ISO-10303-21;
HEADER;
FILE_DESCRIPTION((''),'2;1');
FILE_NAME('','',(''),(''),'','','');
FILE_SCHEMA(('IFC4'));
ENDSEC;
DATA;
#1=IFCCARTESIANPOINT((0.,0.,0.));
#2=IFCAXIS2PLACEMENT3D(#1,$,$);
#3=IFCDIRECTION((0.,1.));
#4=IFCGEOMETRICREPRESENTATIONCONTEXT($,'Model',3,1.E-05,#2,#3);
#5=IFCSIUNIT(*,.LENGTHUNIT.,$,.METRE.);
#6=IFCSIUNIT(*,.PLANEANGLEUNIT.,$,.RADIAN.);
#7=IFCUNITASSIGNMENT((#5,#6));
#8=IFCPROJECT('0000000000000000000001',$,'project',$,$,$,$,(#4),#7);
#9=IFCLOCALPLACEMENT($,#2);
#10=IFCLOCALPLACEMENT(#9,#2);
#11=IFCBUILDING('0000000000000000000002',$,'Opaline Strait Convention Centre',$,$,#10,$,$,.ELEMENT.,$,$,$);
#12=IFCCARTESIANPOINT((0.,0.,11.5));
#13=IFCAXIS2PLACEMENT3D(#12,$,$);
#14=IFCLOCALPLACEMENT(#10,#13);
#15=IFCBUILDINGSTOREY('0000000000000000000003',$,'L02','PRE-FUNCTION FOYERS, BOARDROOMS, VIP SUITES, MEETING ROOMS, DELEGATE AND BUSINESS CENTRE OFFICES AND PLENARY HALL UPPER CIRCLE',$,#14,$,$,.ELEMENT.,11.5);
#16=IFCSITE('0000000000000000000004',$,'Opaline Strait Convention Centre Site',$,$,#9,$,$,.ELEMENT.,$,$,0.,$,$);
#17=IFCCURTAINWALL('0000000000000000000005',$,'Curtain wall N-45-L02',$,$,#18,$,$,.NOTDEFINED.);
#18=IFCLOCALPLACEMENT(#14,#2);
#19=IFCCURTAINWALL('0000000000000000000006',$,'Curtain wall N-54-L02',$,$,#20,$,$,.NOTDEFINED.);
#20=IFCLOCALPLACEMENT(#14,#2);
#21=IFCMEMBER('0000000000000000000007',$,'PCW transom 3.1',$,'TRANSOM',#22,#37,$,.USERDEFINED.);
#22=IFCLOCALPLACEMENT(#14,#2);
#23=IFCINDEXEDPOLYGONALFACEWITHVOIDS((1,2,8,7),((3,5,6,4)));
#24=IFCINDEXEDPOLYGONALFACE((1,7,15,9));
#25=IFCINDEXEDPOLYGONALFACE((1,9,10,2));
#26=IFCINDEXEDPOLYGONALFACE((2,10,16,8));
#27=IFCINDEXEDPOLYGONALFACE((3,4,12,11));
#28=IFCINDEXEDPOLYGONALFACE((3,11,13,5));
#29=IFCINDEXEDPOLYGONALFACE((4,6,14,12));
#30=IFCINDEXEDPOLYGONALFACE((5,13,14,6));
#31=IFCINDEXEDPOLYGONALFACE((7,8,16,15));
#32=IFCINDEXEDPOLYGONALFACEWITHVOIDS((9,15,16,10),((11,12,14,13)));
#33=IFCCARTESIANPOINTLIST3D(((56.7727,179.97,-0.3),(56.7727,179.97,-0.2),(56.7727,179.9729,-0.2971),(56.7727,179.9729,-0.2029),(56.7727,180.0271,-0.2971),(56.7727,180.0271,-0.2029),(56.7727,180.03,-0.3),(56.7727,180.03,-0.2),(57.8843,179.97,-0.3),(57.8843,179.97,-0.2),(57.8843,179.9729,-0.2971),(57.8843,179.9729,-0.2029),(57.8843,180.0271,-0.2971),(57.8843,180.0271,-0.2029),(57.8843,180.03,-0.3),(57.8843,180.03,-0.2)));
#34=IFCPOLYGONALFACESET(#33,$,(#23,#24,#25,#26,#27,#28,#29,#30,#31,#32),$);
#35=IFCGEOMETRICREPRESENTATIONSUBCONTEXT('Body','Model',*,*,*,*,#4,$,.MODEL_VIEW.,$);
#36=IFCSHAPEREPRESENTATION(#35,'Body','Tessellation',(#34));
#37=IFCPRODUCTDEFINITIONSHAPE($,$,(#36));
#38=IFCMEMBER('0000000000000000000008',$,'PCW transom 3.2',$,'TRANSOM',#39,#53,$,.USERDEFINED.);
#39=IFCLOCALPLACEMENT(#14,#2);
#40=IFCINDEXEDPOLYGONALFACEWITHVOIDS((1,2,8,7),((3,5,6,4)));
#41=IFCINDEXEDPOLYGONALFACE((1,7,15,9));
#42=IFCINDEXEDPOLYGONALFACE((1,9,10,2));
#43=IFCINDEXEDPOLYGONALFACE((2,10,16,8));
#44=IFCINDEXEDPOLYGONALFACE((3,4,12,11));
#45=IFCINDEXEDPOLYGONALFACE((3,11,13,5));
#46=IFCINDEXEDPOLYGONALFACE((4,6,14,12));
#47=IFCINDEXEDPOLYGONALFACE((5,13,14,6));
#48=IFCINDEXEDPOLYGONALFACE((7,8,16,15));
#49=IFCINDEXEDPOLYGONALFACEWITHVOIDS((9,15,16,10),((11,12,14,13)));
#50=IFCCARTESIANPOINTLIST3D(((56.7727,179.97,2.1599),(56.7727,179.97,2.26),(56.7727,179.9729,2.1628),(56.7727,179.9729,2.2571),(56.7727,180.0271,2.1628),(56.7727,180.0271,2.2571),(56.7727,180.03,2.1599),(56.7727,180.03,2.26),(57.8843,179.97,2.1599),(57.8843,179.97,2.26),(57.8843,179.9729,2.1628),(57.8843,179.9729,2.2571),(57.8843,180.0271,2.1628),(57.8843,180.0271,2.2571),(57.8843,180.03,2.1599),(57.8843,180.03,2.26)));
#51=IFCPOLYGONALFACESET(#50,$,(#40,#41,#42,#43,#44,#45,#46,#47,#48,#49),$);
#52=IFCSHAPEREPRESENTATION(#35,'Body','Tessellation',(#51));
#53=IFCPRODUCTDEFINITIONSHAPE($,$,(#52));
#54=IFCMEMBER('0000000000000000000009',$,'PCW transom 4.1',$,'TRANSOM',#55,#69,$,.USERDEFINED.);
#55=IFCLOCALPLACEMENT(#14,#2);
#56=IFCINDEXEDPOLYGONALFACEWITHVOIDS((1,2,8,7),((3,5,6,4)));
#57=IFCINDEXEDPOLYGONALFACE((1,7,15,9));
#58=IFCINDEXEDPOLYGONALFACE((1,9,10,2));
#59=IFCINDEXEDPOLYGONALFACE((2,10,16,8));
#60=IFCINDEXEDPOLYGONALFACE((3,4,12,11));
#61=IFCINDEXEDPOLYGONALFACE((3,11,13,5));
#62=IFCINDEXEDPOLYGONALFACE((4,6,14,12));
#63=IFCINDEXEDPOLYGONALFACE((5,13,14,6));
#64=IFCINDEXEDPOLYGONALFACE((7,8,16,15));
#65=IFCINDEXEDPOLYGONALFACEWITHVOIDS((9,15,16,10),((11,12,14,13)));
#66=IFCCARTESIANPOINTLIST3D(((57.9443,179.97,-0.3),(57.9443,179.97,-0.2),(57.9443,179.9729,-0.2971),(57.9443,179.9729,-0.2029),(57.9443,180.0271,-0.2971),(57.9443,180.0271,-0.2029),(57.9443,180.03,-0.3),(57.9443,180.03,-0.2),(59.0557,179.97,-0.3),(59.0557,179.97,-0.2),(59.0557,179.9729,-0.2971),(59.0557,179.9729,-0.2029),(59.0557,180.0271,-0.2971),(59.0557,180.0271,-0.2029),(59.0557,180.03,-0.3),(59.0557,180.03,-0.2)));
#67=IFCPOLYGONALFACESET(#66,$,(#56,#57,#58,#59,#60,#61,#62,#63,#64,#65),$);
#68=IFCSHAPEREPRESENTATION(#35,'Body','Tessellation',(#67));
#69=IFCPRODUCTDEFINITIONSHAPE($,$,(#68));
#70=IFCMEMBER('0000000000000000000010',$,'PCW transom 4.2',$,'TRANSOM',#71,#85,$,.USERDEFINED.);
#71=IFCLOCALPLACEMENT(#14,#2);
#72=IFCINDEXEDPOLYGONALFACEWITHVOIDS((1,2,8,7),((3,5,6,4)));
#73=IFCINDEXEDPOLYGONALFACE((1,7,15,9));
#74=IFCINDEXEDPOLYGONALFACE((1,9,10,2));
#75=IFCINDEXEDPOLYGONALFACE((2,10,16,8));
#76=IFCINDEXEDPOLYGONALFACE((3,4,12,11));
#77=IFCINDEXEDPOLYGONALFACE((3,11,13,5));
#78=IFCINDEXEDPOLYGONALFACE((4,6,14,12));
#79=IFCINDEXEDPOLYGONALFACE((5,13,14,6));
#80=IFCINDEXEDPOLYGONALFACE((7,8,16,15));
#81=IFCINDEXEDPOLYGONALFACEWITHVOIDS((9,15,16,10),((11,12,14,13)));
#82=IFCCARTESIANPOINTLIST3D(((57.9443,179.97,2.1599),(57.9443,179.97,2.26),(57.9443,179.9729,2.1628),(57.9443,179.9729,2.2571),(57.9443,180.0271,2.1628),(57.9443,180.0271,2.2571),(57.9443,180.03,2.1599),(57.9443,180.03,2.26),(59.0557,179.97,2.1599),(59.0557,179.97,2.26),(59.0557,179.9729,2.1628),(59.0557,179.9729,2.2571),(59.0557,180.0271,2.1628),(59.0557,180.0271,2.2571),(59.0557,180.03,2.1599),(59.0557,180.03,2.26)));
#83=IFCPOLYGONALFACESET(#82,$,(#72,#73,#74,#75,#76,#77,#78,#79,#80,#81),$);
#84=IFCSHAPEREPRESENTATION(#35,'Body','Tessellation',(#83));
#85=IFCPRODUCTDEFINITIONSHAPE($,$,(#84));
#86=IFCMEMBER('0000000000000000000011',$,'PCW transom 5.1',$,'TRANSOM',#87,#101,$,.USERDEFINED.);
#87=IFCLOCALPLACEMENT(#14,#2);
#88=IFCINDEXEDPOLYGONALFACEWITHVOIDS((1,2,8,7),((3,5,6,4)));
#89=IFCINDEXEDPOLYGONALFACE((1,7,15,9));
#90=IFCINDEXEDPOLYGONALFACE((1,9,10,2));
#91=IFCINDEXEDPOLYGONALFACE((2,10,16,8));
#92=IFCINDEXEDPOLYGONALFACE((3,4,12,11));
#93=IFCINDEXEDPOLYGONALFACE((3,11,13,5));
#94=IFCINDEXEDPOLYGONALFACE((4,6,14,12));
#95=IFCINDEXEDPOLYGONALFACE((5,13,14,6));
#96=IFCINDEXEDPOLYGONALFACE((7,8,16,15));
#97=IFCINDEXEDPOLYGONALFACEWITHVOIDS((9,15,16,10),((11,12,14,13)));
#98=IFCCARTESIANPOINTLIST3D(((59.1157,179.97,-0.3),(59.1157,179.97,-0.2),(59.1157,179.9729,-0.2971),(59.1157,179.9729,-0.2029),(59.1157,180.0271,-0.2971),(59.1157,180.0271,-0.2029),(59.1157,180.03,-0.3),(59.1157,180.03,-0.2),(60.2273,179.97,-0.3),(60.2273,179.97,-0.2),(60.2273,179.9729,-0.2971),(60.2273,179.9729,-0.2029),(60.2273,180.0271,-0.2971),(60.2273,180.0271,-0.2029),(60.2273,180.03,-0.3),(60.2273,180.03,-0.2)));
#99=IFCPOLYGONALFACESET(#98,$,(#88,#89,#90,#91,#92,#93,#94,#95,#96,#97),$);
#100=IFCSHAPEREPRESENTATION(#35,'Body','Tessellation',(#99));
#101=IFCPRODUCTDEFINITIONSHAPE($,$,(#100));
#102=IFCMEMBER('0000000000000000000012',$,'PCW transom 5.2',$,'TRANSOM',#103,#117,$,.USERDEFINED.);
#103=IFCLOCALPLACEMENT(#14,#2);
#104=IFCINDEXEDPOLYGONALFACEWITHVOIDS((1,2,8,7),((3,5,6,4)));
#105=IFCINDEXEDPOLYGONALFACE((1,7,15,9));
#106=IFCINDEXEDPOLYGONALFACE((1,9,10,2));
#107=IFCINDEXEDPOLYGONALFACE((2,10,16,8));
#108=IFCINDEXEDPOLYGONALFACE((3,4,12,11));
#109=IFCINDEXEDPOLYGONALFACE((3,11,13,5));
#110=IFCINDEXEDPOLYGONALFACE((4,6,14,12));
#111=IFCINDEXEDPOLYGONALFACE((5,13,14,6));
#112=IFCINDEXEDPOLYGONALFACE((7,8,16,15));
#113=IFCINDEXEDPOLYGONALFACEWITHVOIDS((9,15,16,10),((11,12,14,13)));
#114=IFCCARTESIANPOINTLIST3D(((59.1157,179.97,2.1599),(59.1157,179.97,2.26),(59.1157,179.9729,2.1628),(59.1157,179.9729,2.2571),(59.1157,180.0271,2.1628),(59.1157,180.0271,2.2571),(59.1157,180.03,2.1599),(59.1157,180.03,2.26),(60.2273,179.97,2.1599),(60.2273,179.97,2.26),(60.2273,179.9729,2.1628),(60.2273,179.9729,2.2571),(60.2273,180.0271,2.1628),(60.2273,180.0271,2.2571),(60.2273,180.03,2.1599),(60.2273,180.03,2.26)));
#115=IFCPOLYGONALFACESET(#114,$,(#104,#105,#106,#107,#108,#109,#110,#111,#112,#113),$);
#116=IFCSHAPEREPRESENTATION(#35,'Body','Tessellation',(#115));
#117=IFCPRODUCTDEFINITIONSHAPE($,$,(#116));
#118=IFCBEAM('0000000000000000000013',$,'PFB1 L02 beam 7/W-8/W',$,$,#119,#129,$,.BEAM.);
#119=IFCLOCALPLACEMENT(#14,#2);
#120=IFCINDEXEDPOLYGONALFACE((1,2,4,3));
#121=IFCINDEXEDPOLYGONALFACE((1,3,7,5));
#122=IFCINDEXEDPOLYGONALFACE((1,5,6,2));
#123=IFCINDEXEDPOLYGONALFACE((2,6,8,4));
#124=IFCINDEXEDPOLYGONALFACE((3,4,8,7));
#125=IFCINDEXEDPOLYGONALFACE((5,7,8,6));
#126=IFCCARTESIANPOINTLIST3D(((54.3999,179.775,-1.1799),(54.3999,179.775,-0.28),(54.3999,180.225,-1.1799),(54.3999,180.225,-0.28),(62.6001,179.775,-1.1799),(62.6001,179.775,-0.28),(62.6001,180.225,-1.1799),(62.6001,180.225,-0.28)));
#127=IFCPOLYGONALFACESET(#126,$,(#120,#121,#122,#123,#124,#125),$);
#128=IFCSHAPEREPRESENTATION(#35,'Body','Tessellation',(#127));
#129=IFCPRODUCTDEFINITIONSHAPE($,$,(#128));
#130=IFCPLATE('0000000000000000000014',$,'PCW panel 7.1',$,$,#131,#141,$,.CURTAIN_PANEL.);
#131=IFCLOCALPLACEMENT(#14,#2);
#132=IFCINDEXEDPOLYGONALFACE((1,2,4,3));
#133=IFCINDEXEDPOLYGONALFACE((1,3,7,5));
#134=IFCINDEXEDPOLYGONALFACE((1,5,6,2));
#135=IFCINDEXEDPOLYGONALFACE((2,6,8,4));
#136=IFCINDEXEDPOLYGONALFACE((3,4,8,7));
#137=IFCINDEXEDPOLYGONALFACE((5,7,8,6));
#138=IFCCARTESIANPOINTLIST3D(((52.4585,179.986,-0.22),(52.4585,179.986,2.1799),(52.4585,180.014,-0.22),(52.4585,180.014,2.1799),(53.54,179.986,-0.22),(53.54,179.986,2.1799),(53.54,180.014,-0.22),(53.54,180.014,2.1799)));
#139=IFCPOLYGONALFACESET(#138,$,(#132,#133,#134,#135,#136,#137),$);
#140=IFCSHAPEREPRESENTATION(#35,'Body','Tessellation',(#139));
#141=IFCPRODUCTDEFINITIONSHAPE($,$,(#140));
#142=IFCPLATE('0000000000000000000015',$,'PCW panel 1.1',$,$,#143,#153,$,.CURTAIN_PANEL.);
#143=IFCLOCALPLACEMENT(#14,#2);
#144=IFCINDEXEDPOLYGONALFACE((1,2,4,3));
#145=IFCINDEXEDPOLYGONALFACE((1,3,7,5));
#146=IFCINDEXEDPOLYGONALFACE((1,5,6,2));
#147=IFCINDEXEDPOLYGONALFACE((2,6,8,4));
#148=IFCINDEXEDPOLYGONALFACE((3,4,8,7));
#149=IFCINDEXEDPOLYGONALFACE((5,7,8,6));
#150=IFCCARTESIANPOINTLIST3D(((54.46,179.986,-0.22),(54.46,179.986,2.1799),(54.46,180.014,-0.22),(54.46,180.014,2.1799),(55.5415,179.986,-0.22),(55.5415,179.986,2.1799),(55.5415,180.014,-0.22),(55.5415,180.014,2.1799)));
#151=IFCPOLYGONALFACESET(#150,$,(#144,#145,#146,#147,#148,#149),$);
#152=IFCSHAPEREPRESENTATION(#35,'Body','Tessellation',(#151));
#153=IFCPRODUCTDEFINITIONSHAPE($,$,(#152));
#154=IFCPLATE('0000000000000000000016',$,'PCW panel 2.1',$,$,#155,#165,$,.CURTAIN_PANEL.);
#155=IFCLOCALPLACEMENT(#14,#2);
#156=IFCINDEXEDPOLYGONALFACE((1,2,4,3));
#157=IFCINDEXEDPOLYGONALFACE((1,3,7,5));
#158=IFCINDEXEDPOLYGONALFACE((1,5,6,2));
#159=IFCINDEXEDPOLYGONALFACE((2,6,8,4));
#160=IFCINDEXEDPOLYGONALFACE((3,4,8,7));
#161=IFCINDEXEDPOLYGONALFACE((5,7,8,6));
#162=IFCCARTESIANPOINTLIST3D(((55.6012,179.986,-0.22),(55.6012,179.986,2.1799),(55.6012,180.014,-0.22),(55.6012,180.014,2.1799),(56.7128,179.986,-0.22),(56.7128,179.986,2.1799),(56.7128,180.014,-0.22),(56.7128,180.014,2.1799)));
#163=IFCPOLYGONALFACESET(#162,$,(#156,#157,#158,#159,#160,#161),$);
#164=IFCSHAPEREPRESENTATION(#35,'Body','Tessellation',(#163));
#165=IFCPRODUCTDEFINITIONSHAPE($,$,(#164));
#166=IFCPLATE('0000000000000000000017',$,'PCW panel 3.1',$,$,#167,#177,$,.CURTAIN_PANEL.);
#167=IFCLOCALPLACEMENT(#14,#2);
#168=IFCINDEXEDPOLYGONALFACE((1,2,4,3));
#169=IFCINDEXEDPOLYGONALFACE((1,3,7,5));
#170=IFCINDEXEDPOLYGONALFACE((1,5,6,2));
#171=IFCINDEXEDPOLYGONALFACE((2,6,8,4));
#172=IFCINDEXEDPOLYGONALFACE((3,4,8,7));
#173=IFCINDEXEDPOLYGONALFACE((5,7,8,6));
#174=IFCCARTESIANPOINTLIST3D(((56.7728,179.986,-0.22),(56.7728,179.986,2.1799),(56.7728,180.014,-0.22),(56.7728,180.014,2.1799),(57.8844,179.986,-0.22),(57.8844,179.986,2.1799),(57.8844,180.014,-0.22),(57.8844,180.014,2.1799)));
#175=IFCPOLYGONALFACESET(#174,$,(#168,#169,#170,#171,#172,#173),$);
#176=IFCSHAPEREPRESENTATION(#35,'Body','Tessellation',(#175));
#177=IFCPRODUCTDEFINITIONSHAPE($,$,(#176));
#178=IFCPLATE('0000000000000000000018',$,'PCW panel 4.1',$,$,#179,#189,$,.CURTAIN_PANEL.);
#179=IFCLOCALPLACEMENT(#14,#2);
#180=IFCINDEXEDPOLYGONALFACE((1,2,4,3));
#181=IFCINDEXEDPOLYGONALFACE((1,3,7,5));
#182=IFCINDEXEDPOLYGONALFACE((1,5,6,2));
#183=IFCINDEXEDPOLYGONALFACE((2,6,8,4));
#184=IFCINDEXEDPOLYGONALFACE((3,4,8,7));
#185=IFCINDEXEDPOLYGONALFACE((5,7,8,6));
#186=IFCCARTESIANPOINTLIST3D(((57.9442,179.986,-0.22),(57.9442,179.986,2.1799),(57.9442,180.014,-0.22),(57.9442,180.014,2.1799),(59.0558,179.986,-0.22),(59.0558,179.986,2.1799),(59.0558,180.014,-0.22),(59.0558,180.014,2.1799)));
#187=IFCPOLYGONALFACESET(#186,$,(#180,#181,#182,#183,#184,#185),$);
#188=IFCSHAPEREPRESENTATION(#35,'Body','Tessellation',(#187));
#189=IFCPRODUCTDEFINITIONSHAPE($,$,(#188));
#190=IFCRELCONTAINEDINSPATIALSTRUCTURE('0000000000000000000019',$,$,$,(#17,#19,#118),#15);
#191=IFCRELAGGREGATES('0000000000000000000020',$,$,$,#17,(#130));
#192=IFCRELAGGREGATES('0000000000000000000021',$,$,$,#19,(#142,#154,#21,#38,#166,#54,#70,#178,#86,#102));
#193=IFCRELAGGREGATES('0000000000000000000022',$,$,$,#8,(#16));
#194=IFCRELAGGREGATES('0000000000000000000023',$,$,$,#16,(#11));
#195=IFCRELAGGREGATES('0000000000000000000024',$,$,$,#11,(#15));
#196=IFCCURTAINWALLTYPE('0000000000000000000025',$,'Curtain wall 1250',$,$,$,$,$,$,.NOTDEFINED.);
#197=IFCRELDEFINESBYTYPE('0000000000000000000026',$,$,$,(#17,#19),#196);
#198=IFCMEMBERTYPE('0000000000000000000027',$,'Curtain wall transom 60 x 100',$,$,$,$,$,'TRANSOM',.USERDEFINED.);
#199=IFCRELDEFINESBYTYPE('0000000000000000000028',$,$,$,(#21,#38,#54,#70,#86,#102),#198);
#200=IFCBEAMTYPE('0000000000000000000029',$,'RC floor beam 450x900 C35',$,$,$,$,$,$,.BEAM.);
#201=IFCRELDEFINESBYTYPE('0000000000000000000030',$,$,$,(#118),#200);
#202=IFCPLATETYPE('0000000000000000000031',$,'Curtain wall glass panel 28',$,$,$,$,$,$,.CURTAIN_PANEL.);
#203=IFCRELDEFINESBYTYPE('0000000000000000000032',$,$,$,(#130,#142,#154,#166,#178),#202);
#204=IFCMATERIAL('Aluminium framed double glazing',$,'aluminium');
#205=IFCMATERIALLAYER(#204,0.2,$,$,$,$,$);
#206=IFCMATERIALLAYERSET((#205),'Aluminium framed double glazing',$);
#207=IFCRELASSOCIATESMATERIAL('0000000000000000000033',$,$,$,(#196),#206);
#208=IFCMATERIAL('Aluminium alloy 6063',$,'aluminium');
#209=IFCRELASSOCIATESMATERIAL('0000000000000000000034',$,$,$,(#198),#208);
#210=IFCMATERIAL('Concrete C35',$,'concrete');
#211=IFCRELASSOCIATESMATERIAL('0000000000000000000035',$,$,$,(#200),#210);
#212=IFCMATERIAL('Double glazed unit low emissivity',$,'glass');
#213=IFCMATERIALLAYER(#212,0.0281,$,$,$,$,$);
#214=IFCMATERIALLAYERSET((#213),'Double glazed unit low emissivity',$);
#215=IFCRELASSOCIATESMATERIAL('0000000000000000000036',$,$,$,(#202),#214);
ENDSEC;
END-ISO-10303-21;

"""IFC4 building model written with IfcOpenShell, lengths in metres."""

from ifc_helpers import new_model, si_unit, direction, frame, origin, origin_2d, place, context, subcontext, project, spatial, rectangle, hollow_rectangle, extrude, material, layer, layer_set, material_profile, profile_set, type_object, element, aggregate, save


model = new_model("IFC4")

# Units and contexts
model_context = context("Model", 3, precision=1e-05, world=origin(), true_north=direction((0.0, 1.0)))
body_context = subcontext(model_context, "Body", "Model", "MODEL_VIEW")
ifc_project = project(units=[si_unit("LENGTHUNIT", "METRE"), si_unit("PLANEANGLEUNIT", "RADIAN")], contexts=[model_context])

# Site, building, storey
site_placement = place(None, origin())
site = spatial("IfcSite", under=ifc_project, at=site_placement, Name="Opaline Strait Convention Centre Site", CompositionType="ELEMENT", RefElevation=0.0)
building_placement = place(site_placement, origin())
building = spatial("IfcBuilding", under=site, at=building_placement, Name="Opaline Strait Convention Centre", CompositionType="ELEMENT")
storey_placement = place(building_placement, frame((0.0, 0.0, 11.5)))
storey = spatial("IfcBuildingStorey", under=building, at=storey_placement, Name="L02", Description="PRE-FUNCTION FOYERS, BOARDROOMS, VIP SUITES, MEETING ROOMS, DELEGATE AND BUSINESS CENTRE OFFICES AND PLENARY HALL UPPER CIRCLE", CompositionType="ELEMENT", Elevation=11.5)

# Curtain wall
ifc_material_1 = material(Name="Aluminium framed double glazing", Category="aluminium")
ifc_layer_1 = layer(ifc_material_1, 0.2)
ifc_layer_set_1 = layer_set([ifc_layer_1], Name="Aluminium framed double glazing")
curtain_wall_type = type_object("IfcCurtainWallType", Name="Curtain wall 1250", PredefinedType="NOTDEFINED", material=ifc_layer_set_1)
curtain_wall_1_placement = place(storey_placement, origin())
curtain_wall_1 = element("IfcCurtainWall", 1, at=curtain_wall_1_placement, inside=storey, type_object=curtain_wall_type, Name="Curtain wall N-45-L02", PredefinedType="NOTDEFINED")
ifc_material_2 = material(Name="Aluminium alloy 6063", Category="aluminium")

# Curtain wall, members
curtain_wall_2_placement = place(storey_placement, origin())
curtain_wall_2 = element("IfcCurtainWall", 2, at=curtain_wall_2_placement, inside=storey, type_object=curtain_wall_type, Name="Curtain wall N-54-L02", PredefinedType="NOTDEFINED")
ifc_material_profile_1 = material_profile(ifc_material_2, hollow_rectangle(XDim=0.0601, YDim=0.1001, WallThickness=0.0029, at=origin_2d()), Name="TRANSOM 60x100x3")
ifc_profile_set_1 = profile_set([ifc_material_profile_1], Name="Aluminium alloy 6063")
member_type_1 = type_object("IfcMemberType", Name="Curtain wall transom 60 x 100", ElementType="TRANSOM", PredefinedType="USERDEFINED", material=ifc_profile_set_1)
member_1_placement = place(storey_placement, frame((56.7727, 180.0, -0.25), z_axis=(1.0, 0.0, 0.0), x_axis=(0.0, 1.0, 0.0)))
member_1 = element("IfcMember", 3, at=member_1_placement, type_object=member_type_1, Name="PCW transom 3.1", ObjectType="TRANSOM", PredefinedType="USERDEFINED", context=body_context, shape_type="SweptSolid", body=[
    extrude(hollow_rectangle(XDim=0.0601, YDim=0.1001, WallThickness=0.0029, at=origin_2d()), origin(), (0.0, 0.0, 1.0), 1.1116),
])
member_2_placement = place(storey_placement, frame((56.7727, 180.0, 2.21), z_axis=(1.0, 0.0, 0.0), x_axis=(0.0, 1.0, 0.0)))
member_2 = element("IfcMember", 4, at=member_2_placement, type_object=member_type_1, Name="PCW transom 3.2", ObjectType="TRANSOM", PredefinedType="USERDEFINED", context=body_context, shape_type="SweptSolid", body=[
    extrude(hollow_rectangle(XDim=0.0601, YDim=0.1001, WallThickness=0.0029, at=origin_2d()), origin(), (0.0, 0.0, 1.0), 1.1116),
])
member_3_placement = place(storey_placement, frame((57.9443, 180.0, -0.25), z_axis=(1.0, 0.0, 0.0), x_axis=(0.0, 1.0, 0.0)))
member_3 = element("IfcMember", 5, at=member_3_placement, type_object=member_type_1, Name="PCW transom 4.1", ObjectType="TRANSOM", PredefinedType="USERDEFINED", context=body_context, shape_type="SweptSolid", body=[
    extrude(hollow_rectangle(XDim=0.0601, YDim=0.1001, WallThickness=0.0029, at=origin_2d()), origin(), (0.0, 0.0, 1.0), 1.1113),
])
member_4_placement = place(storey_placement, frame((57.9443, 180.0, 2.21), z_axis=(1.0, 0.0, 0.0), x_axis=(0.0, 1.0, 0.0)))
member_4 = element("IfcMember", 6, at=member_4_placement, type_object=member_type_1, Name="PCW transom 4.2", ObjectType="TRANSOM", PredefinedType="USERDEFINED", context=body_context, shape_type="SweptSolid", body=[
    extrude(hollow_rectangle(XDim=0.0601, YDim=0.1001, WallThickness=0.0029, at=origin_2d()), origin(), (0.0, 0.0, 1.0), 1.1113),
])
member_5_placement = place(storey_placement, frame((59.1157, 180.0, -0.25), z_axis=(1.0, 0.0, 0.0), x_axis=(0.0, 1.0, 0.0)))
member_5 = element("IfcMember", 7, at=member_5_placement, type_object=member_type_1, Name="PCW transom 5.1", ObjectType="TRANSOM", PredefinedType="USERDEFINED", context=body_context, shape_type="SweptSolid", body=[
    extrude(hollow_rectangle(XDim=0.0601, YDim=0.1001, WallThickness=0.0029, at=origin_2d()), origin(), (0.0, 0.0, 1.0), 1.1116),
])
member_6_placement = place(storey_placement, frame((59.1157, 180.0, 2.21), z_axis=(1.0, 0.0, 0.0), x_axis=(0.0, 1.0, 0.0)))
member_6 = element("IfcMember", 8, at=member_6_placement, type_object=member_type_1, Name="PCW transom 5.2", ObjectType="TRANSOM", PredefinedType="USERDEFINED", context=body_context, shape_type="SweptSolid", body=[
    extrude(hollow_rectangle(XDim=0.0601, YDim=0.1001, WallThickness=0.0029, at=origin_2d()), origin(), (0.0, 0.0, 1.0), 1.1116),
])

# Beam
ifc_material_3 = material(Name="Concrete C35", Category="concrete")
ifc_material_profile_2 = material_profile(ifc_material_3, rectangle(XDim=0.45, YDim=0.8999, at=origin_2d()), Name="RC 450x900")
ifc_profile_set_2 = profile_set([ifc_material_profile_2], Name="Concrete C35")
beam_type = type_object("IfcBeamType", Name="RC floor beam 450x900 C35", PredefinedType="BEAM", material=ifc_profile_set_2)
beam_placement = place(storey_placement, frame((54.3999, 180.0, -0.73), z_axis=(1.0, 0.0, 0.0), x_axis=(0.0, 1.0, 0.0)))
element("IfcBeam", 9, at=beam_placement, inside=storey, type_object=beam_type, Name="PFB1 L02 beam 7/W-8/W", PredefinedType="BEAM", context=body_context, shape_type="SweptSolid", body=[
    extrude(rectangle(XDim=0.45, YDim=0.8999, at=origin_2d()), origin(), (0.0, 0.0, 1.0), 8.2002),
])

# Plates
ifc_material_4 = material(Name="Double glazed unit low emissivity", Category="glass")
ifc_layer_2 = layer(ifc_material_4, 0.0281)
ifc_layer_set_2 = layer_set([ifc_layer_2], Name="Double glazed unit low emissivity")
plate_type = type_object("IfcPlateType", Name="Curtain wall glass panel 28", PredefinedType="CURTAIN_PANEL", material=ifc_layer_set_2)
plate_1_placement = place(storey_placement, frame((52.9993, 180.0, -0.22), z_axis=(0.0, 0.0, 1.0), x_axis=(1.0, 0.0, 0.0)))
plate_1 = element("IfcPlate", 10, at=plate_1_placement, type_object=plate_type, Name="PCW panel 7.1", PredefinedType="CURTAIN_PANEL", context=body_context, shape_type="SweptSolid", body=[
    extrude(rectangle(XDim=1.0815, YDim=0.0281, at=origin_2d()), origin(), (0.0, 0.0, 1.0), 2.3999),
])
aggregate(curtain_wall_1, [plate_1])
plate_2_placement = place(storey_placement, frame((55.0007, 180.0, -0.22), z_axis=(0.0, 0.0, 1.0), x_axis=(1.0, 0.0, 0.0)))
plate_2 = element("IfcPlate", 11, at=plate_2_placement, type_object=plate_type, Name="PCW panel 1.1", PredefinedType="CURTAIN_PANEL", context=body_context, shape_type="SweptSolid", body=[
    extrude(rectangle(XDim=1.0815, YDim=0.0281, at=origin_2d()), origin(), (0.0, 0.0, 1.0), 2.3999),
])
plate_3_placement = place(storey_placement, frame((56.157, 180.0, -0.22), z_axis=(0.0, 0.0, 1.0), x_axis=(1.0, 0.0, 0.0)))
plate_3 = element("IfcPlate", 12, at=plate_3_placement, type_object=plate_type, Name="PCW panel 2.1", PredefinedType="CURTAIN_PANEL", context=body_context, shape_type="SweptSolid", body=[
    extrude(rectangle(XDim=1.1116, YDim=0.0281, at=origin_2d()), origin(), (0.0, 0.0, 1.0), 2.3999),
])
plate_4_placement = place(storey_placement, frame((57.3286, 180.0, -0.22), z_axis=(0.0, 0.0, 1.0), x_axis=(1.0, 0.0, 0.0)))
plate_4 = element("IfcPlate", 13, at=plate_4_placement, type_object=plate_type, Name="PCW panel 3.1", PredefinedType="CURTAIN_PANEL", context=body_context, shape_type="SweptSolid", body=[
    extrude(rectangle(XDim=1.1116, YDim=0.0281, at=origin_2d()), origin(), (0.0, 0.0, 1.0), 2.3999),
])
plate_5_placement = place(storey_placement, frame((58.5, 180.0, -0.22), z_axis=(0.0, 0.0, 1.0), x_axis=(1.0, 0.0, 0.0)))
plate_5 = element("IfcPlate", 14, at=plate_5_placement, type_object=plate_type, Name="PCW panel 4.1", PredefinedType="CURTAIN_PANEL", context=body_context, shape_type="SweptSolid", body=[
    extrude(rectangle(XDim=1.1116, YDim=0.0281, at=origin_2d()), origin(), (0.0, 0.0, 1.0), 2.3999),
])
aggregate(curtain_wall_2, [plate_2, plate_3, member_1, member_2, plate_4, member_3, member_4, plate_5, member_5, member_6])

save(model, "model.ifc")
